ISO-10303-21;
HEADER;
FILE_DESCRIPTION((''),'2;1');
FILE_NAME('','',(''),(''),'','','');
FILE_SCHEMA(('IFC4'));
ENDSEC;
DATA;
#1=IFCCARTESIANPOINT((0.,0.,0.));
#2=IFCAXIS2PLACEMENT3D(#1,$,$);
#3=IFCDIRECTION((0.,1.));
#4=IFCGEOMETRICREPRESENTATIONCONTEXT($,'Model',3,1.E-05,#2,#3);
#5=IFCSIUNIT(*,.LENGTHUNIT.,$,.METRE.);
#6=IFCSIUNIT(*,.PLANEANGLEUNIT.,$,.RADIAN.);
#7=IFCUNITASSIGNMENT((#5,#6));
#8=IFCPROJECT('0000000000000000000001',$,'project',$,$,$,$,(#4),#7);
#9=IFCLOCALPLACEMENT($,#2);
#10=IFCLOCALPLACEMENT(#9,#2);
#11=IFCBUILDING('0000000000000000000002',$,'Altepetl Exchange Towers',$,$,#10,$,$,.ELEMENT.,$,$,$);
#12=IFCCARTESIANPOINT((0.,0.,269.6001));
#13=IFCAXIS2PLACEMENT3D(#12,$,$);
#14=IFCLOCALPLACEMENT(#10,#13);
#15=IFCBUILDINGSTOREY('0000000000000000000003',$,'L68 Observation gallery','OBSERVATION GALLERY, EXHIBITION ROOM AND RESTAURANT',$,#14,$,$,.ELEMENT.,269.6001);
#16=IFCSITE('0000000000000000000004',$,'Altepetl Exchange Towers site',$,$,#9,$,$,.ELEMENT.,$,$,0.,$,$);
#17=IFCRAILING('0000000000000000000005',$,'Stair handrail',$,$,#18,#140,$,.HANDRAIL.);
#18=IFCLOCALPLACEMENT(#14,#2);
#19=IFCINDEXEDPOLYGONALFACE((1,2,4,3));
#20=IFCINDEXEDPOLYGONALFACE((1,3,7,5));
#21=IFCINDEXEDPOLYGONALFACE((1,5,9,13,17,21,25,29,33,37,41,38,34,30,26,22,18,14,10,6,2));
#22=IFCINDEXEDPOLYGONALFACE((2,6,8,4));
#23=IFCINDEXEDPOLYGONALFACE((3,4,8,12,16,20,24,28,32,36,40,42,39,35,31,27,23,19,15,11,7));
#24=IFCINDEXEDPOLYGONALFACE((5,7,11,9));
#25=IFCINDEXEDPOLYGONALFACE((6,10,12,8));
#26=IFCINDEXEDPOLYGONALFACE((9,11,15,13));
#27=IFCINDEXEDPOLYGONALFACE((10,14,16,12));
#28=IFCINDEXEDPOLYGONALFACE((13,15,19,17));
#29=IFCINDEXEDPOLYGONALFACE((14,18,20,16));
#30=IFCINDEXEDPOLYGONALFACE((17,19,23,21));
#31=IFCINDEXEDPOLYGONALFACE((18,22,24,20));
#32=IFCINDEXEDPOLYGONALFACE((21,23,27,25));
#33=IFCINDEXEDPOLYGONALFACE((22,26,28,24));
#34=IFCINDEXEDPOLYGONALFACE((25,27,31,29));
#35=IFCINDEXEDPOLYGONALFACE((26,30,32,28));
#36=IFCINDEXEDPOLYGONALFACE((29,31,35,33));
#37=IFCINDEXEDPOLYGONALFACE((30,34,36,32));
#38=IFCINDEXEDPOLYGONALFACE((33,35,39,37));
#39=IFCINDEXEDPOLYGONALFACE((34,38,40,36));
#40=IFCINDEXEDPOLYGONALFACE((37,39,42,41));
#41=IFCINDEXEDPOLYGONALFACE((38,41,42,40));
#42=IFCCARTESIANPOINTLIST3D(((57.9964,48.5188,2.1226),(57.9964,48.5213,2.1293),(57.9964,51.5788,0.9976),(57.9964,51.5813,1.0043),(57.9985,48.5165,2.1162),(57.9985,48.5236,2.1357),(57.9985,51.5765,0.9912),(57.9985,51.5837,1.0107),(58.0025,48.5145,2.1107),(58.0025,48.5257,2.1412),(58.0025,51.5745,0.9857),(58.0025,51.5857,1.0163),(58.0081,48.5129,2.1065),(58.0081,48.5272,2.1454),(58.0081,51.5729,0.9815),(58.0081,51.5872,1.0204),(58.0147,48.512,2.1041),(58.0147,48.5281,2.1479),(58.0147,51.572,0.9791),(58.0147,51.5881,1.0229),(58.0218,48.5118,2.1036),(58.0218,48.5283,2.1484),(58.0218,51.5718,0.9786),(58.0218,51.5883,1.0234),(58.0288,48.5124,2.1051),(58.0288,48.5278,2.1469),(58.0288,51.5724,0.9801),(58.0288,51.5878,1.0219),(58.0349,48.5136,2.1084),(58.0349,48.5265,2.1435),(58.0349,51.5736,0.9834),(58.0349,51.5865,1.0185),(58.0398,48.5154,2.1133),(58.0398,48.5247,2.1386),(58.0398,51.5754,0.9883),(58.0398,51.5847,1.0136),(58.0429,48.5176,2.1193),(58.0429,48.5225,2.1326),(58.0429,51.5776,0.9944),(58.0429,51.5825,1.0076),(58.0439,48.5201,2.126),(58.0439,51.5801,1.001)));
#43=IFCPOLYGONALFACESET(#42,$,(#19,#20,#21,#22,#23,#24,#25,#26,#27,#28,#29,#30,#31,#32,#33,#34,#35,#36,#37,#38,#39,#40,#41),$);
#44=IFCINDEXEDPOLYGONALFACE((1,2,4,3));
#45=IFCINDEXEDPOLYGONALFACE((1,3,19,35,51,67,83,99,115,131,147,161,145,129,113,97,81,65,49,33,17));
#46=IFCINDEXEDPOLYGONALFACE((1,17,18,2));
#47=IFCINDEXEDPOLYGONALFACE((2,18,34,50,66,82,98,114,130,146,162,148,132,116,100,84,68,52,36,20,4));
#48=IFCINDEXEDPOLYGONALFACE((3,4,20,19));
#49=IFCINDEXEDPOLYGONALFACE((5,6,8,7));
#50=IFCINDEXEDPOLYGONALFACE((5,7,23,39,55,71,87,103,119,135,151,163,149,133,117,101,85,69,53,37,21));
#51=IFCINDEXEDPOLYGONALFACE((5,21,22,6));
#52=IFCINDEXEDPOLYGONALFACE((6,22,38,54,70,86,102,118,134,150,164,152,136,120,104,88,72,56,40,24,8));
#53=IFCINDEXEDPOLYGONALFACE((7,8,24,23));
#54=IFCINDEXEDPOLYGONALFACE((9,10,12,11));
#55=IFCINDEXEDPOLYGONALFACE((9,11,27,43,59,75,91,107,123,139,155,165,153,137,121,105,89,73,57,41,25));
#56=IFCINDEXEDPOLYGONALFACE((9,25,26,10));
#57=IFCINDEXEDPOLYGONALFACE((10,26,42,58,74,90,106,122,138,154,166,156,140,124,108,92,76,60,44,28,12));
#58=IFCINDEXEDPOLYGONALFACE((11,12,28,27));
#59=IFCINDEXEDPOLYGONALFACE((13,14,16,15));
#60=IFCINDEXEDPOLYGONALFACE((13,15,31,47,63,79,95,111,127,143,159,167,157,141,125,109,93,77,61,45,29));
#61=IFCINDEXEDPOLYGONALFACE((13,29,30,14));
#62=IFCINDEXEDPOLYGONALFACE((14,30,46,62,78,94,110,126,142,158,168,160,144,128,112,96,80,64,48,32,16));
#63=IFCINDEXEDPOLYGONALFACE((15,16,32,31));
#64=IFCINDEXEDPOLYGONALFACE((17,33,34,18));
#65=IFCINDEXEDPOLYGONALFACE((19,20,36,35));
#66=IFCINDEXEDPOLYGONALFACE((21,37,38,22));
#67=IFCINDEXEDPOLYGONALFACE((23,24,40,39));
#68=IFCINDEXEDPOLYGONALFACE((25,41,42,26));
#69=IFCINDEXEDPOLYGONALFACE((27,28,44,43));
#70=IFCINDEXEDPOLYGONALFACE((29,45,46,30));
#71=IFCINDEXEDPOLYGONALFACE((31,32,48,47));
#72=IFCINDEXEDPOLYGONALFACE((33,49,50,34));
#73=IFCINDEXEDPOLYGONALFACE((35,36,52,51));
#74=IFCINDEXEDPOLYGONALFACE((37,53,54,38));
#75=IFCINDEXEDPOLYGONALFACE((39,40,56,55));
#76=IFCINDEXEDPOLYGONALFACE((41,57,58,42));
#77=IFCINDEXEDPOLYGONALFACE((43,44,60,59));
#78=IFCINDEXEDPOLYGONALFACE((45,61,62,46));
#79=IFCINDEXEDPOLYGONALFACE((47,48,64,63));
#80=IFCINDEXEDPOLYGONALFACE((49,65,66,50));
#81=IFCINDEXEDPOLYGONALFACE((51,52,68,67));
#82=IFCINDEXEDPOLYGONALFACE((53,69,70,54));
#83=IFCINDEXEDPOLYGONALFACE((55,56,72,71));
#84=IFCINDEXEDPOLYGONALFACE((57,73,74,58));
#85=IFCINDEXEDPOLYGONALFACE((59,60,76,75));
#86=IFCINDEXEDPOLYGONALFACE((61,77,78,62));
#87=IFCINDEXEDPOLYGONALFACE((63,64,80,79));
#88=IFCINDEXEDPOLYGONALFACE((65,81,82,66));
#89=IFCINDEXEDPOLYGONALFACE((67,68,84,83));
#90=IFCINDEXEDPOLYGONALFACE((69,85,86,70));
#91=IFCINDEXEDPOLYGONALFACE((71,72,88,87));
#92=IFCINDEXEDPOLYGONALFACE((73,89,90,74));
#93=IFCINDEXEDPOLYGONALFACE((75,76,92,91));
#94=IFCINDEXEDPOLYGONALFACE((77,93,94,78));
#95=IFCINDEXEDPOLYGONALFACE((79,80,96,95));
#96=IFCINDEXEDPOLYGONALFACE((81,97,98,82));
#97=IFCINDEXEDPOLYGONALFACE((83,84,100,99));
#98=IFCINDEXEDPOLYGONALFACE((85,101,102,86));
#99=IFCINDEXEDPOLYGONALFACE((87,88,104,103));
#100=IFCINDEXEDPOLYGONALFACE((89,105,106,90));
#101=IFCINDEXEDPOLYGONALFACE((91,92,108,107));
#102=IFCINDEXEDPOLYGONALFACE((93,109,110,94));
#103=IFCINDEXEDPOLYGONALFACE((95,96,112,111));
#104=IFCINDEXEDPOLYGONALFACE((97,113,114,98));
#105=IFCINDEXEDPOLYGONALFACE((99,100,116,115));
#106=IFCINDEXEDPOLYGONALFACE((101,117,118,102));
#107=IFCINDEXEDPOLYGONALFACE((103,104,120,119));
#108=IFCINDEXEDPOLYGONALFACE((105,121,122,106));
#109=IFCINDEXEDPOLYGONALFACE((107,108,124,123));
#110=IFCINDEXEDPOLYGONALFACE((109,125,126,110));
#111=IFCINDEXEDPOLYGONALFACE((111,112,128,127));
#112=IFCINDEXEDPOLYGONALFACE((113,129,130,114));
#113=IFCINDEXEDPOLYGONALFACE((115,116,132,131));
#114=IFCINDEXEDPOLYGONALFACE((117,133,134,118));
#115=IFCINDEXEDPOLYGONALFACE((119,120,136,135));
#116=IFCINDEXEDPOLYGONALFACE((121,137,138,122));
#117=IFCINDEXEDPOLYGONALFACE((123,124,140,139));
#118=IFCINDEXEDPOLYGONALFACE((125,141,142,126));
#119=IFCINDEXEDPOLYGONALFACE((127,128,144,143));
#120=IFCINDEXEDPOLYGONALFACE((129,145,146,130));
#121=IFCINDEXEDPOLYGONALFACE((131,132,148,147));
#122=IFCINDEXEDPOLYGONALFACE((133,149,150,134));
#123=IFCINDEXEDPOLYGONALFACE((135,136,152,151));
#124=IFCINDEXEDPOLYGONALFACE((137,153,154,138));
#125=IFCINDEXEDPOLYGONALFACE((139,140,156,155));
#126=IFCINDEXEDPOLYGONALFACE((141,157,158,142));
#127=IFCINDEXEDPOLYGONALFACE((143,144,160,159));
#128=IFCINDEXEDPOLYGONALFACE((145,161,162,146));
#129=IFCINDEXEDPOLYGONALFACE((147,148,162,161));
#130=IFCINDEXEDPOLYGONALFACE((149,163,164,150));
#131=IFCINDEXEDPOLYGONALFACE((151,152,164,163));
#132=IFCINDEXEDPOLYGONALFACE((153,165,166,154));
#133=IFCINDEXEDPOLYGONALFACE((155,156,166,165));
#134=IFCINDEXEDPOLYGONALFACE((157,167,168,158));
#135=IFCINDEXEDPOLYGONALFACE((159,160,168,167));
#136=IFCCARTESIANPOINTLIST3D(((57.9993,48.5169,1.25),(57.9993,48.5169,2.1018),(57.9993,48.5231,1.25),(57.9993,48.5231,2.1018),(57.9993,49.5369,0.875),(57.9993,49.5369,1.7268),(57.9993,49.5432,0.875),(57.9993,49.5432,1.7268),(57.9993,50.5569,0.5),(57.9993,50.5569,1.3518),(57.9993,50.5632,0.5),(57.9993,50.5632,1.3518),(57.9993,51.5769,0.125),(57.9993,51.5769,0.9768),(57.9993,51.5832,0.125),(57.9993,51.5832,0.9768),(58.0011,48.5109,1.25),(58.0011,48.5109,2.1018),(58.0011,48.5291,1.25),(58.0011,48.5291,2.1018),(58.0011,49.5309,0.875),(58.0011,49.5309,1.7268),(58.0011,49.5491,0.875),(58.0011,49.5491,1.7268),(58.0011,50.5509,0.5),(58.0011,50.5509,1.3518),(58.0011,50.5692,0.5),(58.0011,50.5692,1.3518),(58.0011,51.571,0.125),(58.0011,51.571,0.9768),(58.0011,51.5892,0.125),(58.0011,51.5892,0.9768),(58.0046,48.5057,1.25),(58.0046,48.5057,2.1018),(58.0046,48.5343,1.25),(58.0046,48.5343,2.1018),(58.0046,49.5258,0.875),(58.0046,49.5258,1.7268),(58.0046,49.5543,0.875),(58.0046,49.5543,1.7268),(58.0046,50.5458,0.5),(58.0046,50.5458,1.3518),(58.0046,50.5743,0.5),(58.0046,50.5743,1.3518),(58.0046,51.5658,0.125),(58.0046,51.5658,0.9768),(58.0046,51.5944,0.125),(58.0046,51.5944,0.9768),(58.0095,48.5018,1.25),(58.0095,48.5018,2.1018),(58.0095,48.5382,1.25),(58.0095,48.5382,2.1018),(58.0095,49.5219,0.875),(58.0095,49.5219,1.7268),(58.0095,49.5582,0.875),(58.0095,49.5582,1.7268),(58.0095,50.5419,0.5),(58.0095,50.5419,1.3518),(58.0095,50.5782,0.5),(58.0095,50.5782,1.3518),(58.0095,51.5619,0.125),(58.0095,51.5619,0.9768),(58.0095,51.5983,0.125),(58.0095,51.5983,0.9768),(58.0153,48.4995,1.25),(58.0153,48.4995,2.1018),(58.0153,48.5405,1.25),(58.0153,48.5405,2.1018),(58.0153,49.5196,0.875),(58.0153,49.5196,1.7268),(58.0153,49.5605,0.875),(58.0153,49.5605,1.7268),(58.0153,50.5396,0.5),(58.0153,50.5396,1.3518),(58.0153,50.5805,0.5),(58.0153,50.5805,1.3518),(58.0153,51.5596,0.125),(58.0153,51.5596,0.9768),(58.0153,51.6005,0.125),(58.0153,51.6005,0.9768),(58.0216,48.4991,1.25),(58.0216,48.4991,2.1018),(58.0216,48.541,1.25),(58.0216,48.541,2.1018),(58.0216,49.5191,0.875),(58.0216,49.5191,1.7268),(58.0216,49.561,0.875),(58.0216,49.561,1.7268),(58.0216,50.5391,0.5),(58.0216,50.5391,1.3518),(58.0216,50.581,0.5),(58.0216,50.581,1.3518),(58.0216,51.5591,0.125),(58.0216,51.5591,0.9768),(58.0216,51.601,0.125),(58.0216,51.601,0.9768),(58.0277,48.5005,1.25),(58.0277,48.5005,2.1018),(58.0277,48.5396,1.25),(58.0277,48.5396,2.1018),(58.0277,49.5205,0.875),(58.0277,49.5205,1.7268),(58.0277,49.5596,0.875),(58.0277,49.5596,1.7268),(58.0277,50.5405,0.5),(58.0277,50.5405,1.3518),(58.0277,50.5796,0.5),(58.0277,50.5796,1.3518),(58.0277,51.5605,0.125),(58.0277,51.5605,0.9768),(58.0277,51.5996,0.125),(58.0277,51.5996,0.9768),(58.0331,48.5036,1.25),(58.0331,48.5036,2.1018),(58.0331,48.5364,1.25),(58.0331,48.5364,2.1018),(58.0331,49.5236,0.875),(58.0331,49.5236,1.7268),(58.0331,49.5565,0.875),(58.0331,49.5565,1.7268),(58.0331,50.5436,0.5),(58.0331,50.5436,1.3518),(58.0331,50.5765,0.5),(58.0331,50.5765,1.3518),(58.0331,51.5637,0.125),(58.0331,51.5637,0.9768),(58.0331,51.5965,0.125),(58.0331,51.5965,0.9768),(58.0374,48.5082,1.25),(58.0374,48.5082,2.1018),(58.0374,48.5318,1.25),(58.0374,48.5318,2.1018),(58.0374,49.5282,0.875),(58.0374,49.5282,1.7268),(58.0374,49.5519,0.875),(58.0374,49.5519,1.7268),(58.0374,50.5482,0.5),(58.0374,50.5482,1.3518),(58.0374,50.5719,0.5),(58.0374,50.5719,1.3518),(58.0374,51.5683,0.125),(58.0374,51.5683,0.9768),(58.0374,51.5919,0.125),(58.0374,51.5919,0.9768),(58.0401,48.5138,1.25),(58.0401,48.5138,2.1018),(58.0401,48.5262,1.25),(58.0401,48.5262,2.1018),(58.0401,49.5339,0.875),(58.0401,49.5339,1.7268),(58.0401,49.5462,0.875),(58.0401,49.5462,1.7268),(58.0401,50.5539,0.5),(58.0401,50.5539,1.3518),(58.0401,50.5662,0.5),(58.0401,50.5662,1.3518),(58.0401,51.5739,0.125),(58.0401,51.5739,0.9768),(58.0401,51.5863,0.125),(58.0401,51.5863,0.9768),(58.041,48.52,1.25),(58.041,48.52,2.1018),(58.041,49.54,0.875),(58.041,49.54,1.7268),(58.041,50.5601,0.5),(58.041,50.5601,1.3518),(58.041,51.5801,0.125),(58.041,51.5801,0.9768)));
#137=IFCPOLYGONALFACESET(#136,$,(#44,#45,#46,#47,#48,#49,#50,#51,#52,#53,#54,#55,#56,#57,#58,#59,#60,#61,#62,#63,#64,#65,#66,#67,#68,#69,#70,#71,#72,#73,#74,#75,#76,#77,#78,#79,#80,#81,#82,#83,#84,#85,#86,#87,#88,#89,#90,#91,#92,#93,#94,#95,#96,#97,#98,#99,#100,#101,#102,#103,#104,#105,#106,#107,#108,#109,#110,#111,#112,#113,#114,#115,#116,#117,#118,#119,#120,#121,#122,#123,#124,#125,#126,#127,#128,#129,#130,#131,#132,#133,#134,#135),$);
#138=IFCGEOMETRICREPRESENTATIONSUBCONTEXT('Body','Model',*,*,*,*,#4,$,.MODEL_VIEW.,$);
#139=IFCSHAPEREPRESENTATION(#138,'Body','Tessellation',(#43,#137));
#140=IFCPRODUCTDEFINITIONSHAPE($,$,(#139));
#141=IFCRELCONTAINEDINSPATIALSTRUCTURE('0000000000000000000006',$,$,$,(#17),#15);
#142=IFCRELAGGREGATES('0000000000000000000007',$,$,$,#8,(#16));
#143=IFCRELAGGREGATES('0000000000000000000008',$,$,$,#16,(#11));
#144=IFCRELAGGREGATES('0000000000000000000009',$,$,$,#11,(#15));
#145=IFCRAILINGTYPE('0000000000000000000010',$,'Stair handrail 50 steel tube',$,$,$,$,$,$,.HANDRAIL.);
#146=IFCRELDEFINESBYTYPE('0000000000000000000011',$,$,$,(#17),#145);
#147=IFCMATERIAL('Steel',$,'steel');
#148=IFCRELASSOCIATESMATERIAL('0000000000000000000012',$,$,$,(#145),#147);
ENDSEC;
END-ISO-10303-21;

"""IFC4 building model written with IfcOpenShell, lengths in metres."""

from ifc_helpers import new_model, si_unit, direction, frame, origin, origin_2d, place, context, subcontext, project, spatial, circle, extrude, source, transform, mapped, material, type_object, element, save


model = new_model("IFC4")

# Units and contexts
model_context = context("Model", 3, precision=1e-05, world=origin(), true_north=direction((0.0, 1.0)))
body_context = subcontext(model_context, "Body", "Model", "MODEL_VIEW")
ifc_project = project(units=[si_unit("LENGTHUNIT", "METRE"), si_unit("PLANEANGLEUNIT", "RADIAN")], contexts=[model_context])

# Site, building, storey
site_placement = place(None, origin())
site = spatial("IfcSite", under=ifc_project, at=site_placement, Name="Altepetl Exchange Towers site", CompositionType="ELEMENT", RefElevation=0.0)
building_placement = place(site_placement, origin())
building = spatial("IfcBuilding", under=site, at=building_placement, Name="Altepetl Exchange Towers", CompositionType="ELEMENT")
storey_placement = place(building_placement, frame((0.0, 0.0, 269.6001)))
storey = spatial("IfcBuildingStorey", under=building, at=storey_placement, Name="L68 Observation gallery", Description="OBSERVATION GALLERY, EXHIBITION ROOM AND RESTAURANT", CompositionType="ELEMENT", Elevation=269.6001)

# Railing
ifc_material_1 = material(Name="Steel", Category="steel")
railing_type = type_object("IfcRailingType", Name="Stair handrail 50 steel tube", PredefinedType="HANDRAIL", material=ifc_material_1)
shared_shape = source(origin(), body_context, "Body", "SweptSolid", [
    extrude(circle(Radius=0.021, at=origin_2d()), origin(), (0.0, 0.0, 1.0), 0.8518),
])
for number, where, name in (
    (1, (58.02, 51.5801, 0.125), "Stair handrail"),
):
    element("IfcRailing", number, at=place(storey_placement, frame(where)), inside=storey, type_object=railing_type, Name=name, PredefinedType="HANDRAIL", context=body_context, shape_type="SweptSolid", body=[
        extrude(circle(Radius=0.0239, at=origin_2d()), frame((0.0, 0.0, 0.876), z_axis=(0.0, -0.938581, 0.34506), x_axis=(1.0, 0.0, 0.0)), (0.0, 0.0, 1.0), 3.2603),
        mapped(shared_shape, transform((0.0, 0.0, 0.0))),
        mapped(shared_shape, transform((0.0, -1.02, 0.375))),
        mapped(shared_shape, transform((0.0, -2.04, 0.75))),
        mapped(shared_shape, transform((0.0, -3.0601, 1.125))),
    ])

save(model, "model.ifc")
